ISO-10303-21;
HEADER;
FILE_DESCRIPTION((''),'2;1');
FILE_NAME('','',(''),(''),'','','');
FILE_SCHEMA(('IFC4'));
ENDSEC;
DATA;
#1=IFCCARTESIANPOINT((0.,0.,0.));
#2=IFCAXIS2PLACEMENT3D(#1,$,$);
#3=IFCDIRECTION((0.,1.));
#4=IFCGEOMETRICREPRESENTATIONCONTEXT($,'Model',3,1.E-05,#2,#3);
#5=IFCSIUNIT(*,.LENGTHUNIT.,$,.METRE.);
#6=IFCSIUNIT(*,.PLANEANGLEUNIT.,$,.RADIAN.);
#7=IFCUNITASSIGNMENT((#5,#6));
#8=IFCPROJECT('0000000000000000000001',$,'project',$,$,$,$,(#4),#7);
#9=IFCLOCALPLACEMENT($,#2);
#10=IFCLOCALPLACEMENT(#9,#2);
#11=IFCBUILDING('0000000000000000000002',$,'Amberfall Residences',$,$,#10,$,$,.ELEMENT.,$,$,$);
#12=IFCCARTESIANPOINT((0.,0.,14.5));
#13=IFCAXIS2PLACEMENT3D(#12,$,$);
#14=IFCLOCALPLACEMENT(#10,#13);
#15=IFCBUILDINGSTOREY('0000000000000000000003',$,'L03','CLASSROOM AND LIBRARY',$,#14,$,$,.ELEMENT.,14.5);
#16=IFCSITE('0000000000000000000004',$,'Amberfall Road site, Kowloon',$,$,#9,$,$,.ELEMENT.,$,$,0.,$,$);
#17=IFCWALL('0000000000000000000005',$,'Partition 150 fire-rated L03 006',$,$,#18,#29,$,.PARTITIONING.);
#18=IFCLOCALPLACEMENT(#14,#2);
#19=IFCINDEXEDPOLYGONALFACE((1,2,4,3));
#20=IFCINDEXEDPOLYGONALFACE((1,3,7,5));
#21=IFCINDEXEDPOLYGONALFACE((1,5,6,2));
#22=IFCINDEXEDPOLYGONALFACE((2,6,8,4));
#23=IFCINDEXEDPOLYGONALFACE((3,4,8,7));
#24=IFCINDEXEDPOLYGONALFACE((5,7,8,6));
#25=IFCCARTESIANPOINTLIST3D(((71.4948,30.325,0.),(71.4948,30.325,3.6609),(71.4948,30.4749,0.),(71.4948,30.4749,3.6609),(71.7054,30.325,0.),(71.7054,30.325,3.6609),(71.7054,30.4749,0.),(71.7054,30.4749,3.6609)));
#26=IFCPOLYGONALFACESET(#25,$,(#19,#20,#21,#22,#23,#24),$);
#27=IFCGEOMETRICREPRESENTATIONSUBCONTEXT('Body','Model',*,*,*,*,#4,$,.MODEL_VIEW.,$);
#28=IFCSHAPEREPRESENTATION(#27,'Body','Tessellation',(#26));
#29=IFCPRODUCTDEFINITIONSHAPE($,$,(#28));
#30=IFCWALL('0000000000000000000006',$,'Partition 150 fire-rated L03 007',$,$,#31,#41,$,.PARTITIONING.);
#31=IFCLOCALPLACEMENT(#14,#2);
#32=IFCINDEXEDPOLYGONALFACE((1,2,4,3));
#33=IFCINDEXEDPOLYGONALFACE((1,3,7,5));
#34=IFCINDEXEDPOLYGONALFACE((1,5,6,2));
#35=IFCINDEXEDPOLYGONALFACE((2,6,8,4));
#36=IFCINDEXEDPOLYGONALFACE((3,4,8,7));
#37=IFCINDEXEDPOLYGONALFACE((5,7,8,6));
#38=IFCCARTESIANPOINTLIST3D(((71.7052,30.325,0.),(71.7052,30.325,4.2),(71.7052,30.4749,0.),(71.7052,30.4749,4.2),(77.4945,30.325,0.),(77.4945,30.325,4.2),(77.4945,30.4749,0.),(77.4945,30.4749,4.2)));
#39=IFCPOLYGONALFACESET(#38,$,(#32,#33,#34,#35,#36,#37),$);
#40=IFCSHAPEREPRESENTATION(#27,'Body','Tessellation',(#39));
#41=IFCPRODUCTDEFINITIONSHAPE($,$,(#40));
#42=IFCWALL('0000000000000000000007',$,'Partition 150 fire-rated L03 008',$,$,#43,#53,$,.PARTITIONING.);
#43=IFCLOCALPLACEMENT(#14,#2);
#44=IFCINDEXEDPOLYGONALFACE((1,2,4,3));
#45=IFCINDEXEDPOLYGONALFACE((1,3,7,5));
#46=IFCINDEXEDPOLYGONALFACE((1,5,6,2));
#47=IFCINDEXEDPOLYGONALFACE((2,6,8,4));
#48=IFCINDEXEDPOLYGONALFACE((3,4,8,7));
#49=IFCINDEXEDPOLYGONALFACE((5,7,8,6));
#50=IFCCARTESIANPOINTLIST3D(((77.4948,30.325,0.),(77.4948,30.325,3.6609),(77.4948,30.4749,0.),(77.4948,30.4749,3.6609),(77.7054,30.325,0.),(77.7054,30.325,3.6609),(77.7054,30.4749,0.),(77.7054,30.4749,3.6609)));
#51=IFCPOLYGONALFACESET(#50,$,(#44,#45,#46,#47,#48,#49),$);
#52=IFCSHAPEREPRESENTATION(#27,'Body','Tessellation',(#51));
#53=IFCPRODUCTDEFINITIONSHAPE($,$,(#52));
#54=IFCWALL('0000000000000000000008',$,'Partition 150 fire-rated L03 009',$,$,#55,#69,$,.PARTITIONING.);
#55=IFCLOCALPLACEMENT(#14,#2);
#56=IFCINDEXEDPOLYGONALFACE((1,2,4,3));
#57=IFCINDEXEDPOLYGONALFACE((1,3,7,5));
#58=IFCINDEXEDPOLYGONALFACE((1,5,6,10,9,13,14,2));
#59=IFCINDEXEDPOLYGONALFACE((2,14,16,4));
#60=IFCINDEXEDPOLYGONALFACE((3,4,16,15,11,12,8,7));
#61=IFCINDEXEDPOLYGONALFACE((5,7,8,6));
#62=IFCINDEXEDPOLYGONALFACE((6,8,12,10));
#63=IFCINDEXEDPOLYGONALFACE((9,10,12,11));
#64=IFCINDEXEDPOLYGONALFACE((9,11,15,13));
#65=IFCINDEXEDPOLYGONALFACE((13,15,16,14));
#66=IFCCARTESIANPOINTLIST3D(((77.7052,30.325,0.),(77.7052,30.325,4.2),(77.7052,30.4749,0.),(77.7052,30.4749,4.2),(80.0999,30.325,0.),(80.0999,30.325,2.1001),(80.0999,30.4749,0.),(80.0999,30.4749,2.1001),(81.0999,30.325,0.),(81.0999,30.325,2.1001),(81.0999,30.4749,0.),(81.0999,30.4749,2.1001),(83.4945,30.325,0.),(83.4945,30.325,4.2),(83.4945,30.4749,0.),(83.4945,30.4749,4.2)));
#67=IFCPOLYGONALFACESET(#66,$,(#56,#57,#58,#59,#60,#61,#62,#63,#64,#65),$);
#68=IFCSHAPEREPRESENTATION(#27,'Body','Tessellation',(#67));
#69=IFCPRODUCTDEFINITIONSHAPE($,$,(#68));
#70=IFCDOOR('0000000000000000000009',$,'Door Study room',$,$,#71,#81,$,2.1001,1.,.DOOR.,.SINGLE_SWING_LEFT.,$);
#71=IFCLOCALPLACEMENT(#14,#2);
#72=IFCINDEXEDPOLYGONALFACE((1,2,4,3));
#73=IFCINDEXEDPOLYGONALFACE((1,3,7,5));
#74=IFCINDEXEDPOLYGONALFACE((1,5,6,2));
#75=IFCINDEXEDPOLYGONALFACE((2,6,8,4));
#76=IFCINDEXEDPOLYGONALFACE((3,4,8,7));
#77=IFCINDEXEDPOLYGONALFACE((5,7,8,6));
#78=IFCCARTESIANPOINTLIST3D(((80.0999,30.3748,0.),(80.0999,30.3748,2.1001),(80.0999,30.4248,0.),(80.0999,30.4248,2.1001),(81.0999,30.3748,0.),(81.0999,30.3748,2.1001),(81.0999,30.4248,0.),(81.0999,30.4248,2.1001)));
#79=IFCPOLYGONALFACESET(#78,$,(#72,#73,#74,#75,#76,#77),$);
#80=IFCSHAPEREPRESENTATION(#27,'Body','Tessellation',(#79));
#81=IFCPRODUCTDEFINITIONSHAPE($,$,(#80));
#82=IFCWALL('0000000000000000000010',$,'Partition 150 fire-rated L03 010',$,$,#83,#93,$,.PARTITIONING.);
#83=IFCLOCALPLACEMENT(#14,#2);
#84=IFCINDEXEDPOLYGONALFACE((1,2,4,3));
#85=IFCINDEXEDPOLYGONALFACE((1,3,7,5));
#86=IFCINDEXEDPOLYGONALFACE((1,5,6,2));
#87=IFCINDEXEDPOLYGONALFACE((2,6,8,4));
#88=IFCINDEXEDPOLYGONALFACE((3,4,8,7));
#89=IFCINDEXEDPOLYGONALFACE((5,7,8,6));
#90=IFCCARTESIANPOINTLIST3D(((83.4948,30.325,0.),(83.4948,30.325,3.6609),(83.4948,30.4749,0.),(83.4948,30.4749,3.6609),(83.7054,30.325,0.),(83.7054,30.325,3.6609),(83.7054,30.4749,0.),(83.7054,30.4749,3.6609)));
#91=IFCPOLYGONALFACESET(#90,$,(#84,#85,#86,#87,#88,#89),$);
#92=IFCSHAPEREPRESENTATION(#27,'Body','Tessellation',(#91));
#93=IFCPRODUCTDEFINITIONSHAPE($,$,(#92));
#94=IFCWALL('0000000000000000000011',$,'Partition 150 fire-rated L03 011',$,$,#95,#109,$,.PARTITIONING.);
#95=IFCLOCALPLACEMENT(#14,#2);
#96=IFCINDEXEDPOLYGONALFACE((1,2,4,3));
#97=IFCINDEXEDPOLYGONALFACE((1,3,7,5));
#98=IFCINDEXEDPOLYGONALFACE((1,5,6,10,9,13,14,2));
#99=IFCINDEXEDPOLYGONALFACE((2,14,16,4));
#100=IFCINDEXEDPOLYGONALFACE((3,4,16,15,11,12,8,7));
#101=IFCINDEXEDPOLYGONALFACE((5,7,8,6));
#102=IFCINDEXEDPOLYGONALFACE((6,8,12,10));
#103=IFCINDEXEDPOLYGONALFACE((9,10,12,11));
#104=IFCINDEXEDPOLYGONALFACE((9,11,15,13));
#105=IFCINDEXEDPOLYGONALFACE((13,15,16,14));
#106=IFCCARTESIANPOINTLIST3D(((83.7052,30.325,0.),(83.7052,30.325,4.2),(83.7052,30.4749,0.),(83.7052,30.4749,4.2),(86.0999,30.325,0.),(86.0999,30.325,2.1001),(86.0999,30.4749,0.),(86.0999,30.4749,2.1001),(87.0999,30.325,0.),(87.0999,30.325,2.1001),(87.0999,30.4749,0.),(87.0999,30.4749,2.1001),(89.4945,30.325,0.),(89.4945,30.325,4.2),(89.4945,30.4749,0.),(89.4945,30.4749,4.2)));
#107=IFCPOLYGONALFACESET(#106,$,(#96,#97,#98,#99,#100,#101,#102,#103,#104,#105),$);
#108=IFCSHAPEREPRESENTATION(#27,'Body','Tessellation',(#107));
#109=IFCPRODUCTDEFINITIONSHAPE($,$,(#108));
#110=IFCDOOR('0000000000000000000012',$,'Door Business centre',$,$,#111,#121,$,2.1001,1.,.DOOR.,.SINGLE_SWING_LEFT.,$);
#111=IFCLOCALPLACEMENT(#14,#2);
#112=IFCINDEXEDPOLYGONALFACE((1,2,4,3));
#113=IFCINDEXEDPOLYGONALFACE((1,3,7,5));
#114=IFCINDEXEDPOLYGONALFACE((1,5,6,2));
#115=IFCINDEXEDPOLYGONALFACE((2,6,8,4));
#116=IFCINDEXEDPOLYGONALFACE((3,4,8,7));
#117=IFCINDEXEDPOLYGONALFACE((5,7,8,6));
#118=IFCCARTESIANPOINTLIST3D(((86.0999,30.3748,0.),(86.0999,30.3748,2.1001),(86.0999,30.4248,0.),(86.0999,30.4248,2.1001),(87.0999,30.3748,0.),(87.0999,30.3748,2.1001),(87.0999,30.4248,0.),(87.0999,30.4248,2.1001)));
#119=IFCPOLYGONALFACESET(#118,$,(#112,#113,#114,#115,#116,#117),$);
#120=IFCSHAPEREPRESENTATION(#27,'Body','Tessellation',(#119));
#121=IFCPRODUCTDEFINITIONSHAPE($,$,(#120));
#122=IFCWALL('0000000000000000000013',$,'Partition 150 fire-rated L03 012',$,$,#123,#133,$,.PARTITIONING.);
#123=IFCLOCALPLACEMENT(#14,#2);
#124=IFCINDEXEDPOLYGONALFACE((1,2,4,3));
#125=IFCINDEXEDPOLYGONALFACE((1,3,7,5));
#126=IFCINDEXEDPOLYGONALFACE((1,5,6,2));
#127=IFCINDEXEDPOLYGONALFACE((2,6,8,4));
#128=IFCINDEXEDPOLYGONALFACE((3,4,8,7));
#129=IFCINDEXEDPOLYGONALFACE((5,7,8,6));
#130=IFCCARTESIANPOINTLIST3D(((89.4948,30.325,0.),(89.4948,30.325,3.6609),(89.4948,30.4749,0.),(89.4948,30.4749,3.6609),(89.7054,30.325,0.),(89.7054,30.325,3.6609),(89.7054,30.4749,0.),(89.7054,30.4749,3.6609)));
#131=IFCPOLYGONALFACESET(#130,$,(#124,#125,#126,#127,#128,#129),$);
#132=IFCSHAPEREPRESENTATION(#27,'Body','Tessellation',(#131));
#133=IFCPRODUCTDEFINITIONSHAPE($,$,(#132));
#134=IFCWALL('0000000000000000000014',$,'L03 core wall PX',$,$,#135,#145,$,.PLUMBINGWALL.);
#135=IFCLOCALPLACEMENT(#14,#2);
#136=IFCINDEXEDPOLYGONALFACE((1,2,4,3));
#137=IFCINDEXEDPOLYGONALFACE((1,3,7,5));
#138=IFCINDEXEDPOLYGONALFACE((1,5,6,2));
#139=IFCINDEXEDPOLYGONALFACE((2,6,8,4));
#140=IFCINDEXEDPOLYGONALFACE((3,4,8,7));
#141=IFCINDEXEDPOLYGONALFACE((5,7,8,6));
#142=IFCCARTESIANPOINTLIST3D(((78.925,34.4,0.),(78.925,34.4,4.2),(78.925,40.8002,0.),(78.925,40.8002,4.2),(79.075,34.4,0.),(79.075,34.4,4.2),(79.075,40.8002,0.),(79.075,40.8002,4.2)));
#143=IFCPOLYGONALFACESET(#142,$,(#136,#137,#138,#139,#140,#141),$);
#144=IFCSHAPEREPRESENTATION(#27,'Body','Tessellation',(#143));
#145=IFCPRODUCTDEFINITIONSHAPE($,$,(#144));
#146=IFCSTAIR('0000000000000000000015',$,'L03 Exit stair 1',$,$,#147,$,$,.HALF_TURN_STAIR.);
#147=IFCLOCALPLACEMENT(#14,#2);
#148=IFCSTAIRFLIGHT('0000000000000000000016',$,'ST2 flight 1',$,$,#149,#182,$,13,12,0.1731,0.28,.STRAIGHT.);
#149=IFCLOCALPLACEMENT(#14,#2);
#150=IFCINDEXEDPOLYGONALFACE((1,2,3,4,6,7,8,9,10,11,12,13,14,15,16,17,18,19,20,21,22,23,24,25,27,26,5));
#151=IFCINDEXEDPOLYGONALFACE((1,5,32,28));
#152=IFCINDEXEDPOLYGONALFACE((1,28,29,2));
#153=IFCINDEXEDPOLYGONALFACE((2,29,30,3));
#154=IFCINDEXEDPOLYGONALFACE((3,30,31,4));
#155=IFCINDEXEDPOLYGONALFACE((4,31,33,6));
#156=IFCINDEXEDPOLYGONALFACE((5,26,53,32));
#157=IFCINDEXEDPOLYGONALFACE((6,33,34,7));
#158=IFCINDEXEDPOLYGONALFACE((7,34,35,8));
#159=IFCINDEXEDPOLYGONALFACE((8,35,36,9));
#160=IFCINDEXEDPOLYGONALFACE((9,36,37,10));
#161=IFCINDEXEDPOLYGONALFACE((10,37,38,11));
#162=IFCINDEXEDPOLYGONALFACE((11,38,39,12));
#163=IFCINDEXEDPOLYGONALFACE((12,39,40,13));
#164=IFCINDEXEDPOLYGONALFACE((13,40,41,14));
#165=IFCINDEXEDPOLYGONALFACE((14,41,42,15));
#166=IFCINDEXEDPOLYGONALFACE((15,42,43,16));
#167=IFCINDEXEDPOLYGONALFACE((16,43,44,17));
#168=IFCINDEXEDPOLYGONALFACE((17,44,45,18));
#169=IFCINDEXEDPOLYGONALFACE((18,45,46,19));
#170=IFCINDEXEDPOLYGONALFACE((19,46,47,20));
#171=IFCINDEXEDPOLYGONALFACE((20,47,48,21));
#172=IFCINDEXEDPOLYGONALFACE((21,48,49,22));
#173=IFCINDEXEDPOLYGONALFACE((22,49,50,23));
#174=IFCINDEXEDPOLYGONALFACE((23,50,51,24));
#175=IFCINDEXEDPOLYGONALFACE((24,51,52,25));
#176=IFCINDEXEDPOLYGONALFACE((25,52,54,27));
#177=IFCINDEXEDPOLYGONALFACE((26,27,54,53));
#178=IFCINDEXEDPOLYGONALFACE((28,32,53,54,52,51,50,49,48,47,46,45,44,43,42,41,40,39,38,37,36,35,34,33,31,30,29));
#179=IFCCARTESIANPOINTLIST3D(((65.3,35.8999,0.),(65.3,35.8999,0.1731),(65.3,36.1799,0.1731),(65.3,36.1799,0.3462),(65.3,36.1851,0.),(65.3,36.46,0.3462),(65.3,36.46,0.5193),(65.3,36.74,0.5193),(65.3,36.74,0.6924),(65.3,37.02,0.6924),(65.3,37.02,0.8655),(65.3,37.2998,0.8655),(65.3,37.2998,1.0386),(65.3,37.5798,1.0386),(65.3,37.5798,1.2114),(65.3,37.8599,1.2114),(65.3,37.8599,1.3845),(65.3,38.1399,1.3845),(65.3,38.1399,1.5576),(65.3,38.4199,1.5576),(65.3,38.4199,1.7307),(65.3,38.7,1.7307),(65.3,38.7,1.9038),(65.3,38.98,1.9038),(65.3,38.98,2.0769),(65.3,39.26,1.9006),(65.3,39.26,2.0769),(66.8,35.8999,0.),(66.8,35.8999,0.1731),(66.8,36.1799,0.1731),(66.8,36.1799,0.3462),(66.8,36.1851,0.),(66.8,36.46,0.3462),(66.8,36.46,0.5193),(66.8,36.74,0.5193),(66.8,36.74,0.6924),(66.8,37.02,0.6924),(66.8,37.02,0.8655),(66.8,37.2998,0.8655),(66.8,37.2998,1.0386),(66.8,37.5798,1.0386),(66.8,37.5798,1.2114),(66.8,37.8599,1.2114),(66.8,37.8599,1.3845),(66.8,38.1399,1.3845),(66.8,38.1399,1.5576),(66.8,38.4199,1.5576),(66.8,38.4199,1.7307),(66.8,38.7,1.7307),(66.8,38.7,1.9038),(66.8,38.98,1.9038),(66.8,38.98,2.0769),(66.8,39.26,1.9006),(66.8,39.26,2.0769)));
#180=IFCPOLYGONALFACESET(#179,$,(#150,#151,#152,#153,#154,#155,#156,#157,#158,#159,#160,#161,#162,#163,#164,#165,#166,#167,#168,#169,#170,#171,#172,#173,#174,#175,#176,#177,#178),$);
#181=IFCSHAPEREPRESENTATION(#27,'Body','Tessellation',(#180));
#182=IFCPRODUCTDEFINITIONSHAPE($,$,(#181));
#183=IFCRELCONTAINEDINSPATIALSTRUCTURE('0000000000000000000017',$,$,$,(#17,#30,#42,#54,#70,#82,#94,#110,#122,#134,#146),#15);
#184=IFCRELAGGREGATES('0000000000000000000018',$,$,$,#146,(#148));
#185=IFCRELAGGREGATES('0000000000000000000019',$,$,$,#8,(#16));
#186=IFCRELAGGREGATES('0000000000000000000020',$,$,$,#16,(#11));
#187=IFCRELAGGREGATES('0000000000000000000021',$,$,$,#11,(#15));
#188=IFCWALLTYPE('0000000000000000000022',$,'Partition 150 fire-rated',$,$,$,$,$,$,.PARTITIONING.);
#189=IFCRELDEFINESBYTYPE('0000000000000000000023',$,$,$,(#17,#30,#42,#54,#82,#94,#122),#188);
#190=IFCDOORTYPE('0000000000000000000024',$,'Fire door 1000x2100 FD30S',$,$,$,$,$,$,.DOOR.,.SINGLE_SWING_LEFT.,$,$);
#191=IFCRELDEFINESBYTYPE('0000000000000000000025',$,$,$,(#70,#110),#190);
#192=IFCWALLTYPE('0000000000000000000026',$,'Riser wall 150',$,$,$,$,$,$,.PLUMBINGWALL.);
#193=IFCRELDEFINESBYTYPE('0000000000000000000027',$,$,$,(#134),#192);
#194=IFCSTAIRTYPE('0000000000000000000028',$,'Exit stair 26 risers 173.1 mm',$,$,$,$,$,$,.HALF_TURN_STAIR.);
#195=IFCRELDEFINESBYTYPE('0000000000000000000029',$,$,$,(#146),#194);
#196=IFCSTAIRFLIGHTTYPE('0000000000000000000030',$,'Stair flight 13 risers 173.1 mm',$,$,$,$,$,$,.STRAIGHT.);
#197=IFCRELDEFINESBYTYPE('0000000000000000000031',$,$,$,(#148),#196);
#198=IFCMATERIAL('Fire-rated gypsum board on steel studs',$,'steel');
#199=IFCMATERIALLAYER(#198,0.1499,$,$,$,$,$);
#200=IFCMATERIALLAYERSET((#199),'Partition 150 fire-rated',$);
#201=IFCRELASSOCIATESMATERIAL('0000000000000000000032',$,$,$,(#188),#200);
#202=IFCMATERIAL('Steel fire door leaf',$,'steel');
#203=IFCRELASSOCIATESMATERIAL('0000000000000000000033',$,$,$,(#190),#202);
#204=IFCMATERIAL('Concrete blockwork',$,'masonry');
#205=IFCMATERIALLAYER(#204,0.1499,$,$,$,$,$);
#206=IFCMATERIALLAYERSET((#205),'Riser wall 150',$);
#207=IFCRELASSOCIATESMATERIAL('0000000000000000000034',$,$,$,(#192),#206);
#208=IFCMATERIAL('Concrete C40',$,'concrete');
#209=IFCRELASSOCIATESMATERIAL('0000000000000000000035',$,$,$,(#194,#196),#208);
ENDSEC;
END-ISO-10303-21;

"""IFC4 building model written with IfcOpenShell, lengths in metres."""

from ifc_helpers import new_model, si_unit, direction, frame, frame_2d, origin, place, context, subcontext, project, spatial, polyline, rectangle, outline, extrude, material, layer, layer_set, type_object, element, fill, aggregate, save


model = new_model("IFC4")

# Units and contexts
model_context = context("Model", 3, precision=1e-05, world=origin(), true_north=direction((0.0, 1.0)))
body_context = subcontext(model_context, "Body", "Model", "MODEL_VIEW")
ifc_project = project(units=[si_unit("LENGTHUNIT", "METRE"), si_unit("PLANEANGLEUNIT", "RADIAN")], contexts=[model_context])

# Site, building, storey
site_placement = place(None, origin())
site = spatial("IfcSite", under=ifc_project, at=site_placement, Name="Amberfall Road site, Kowloon", CompositionType="ELEMENT", RefElevation=0.0)
building_placement = place(site_placement, origin())
building = spatial("IfcBuilding", under=site, at=building_placement, Name="Amberfall Residences", CompositionType="ELEMENT")
storey_placement = place(building_placement, frame((0.0, 0.0, 14.5)))
storey = spatial("IfcBuildingStorey", under=building, at=storey_placement, Name="L03", Description="CLASSROOM AND LIBRARY", CompositionType="ELEMENT", Elevation=14.5)

# Shared definitions
ifc_material_1 = material(Name="Fire-rated gypsum board on steel studs", Category="steel")
ifc_layer_1 = layer(ifc_material_1, 0.1499)
ifc_layer_set_1 = layer_set([ifc_layer_1], Name="Partition 150 fire-rated")
wall_type_1 = type_object("IfcWallType", Name="Partition 150 fire-rated", PredefinedType="PARTITIONING", material=ifc_layer_set_1)

# Walls
wall_1_placement = place(storey_placement, frame((71.4946, 30.3999, 0.0), z_axis=(0.0, 0.0, 1.0), x_axis=(1.0, 0.0, 0.0)))
element("IfcWall", 1, at=wall_1_placement, inside=storey, type_object=wall_type_1, Name="Partition 150 fire-rated L03 006", PredefinedType="PARTITIONING", context=body_context, shape_type="SweptSolid", body=[
    extrude(rectangle(XDim=0.2107, YDim=0.1499, at=frame_2d((0.1055, 0.0))), origin(), (0.0, 0.0, 1.0), 3.6609),
])
wall_2_placement = place(storey_placement, frame((71.7053, 30.3999, 0.0), z_axis=(0.0, 0.0, 1.0), x_axis=(1.0, 0.0, 0.0)))
element("IfcWall", 2, at=wall_2_placement, inside=storey, type_object=wall_type_1, Name="Partition 150 fire-rated L03 007", PredefinedType="PARTITIONING", context=body_context, shape_type="SweptSolid", body=[
    extrude(rectangle(XDim=5.7893, YDim=0.1499, at=frame_2d((2.8945, 0.0))), origin(), (0.0, 0.0, 1.0), 4.2),
])
wall_3_placement = place(storey_placement, frame((77.4946, 30.3999, 0.0), z_axis=(0.0, 0.0, 1.0), x_axis=(1.0, 0.0, 0.0)))
element("IfcWall", 3, at=wall_3_placement, inside=storey, type_object=wall_type_1, Name="Partition 150 fire-rated L03 008", PredefinedType="PARTITIONING", context=body_context, shape_type="SweptSolid", body=[
    extrude(rectangle(XDim=0.2107, YDim=0.1499, at=frame_2d((0.1055, 0.0))), origin(), (0.0, 0.0, 1.0), 3.6609),
])

# Wall, opening, door
wall_4_placement = place(storey_placement, frame((77.7053, 30.3999, 0.0), z_axis=(0.0, 0.0, 1.0), x_axis=(1.0, 0.0, 0.0)))
wall_4 = element("IfcWall", 4, at=wall_4_placement, inside=storey, type_object=wall_type_1, Name="Partition 150 fire-rated L03 009", PredefinedType="PARTITIONING", context=body_context, shape_type="SweptSolid", body=[
    extrude(rectangle(XDim=5.7893, YDim=0.1499, at=frame_2d((2.8945, 0.0))), origin(), (0.0, 0.0, 1.0), 4.2),
])
opening_1_placement = place(wall_4_placement, frame((2.3945, 0.0, 0.0)))
opening_1 = element("IfcOpeningElement", 5, at=opening_1_placement, cuts=wall_4, PredefinedType="OPENING", context=body_context, shape_type="SweptSolid", body=[
    extrude(rectangle(XDim=1.0, YDim=2.1001, at=frame_2d((0.5, 1.05))), frame((0.0, 0.085, 0.0), z_axis=(0.0, -1.0, 0.0), x_axis=(1.0, 0.0, 0.0)), (0.0, 0.0, 1.0), 0.1699),
])
ifc_material_2 = material(Name="Steel fire door leaf", Category="steel")
door_type_1 = type_object("IfcDoorType", Name="Fire door 1000x2100 FD30S", OperationType="SINGLE_SWING_LEFT", PredefinedType="DOOR", material=ifc_material_2)
door_1_placement = place(opening_1_placement, origin())
door_1 = element("IfcDoor", 6, at=door_1_placement, inside=storey, type_object=door_type_1, Name="Door Study room", OperationType="SINGLE_SWING_LEFT", OverallHeight=2.1001, OverallWidth=1.0, PredefinedType="DOOR", context=body_context, shape_type="SweptSolid", body=[
    extrude(rectangle(XDim=1.0, YDim=2.1001, at=frame_2d((0.5, 1.05))), frame((0.0, 0.0249, 0.0), z_axis=(0.0, -1.0, 0.0), x_axis=(1.0, 0.0, 0.0)), (0.0, 0.0, 1.0), 0.05),
])
fill(opening_1, door_1)

# Wall
wall_5_placement = place(storey_placement, frame((83.4946, 30.3999, 0.0), z_axis=(0.0, 0.0, 1.0), x_axis=(1.0, 0.0, 0.0)))
element("IfcWall", 7, at=wall_5_placement, inside=storey, type_object=wall_type_1, Name="Partition 150 fire-rated L03 010", PredefinedType="PARTITIONING", context=body_context, shape_type="SweptSolid", body=[
    extrude(rectangle(XDim=0.2107, YDim=0.1499, at=frame_2d((0.1055, 0.0))), origin(), (0.0, 0.0, 1.0), 3.6609),
])

# Wall, opening, door
wall_6_placement = place(storey_placement, frame((83.7053, 30.3999, 0.0), z_axis=(0.0, 0.0, 1.0), x_axis=(1.0, 0.0, 0.0)))
wall_6 = element("IfcWall", 8, at=wall_6_placement, inside=storey, type_object=wall_type_1, Name="Partition 150 fire-rated L03 011", PredefinedType="PARTITIONING", context=body_context, shape_type="SweptSolid", body=[
    extrude(rectangle(XDim=5.7893, YDim=0.1499, at=frame_2d((2.8945, 0.0))), origin(), (0.0, 0.0, 1.0), 4.2),
])
opening_2_placement = place(wall_6_placement, frame((2.3945, 0.0, 0.0)))
opening_2 = element("IfcOpeningElement", 9, at=opening_2_placement, cuts=wall_6, PredefinedType="OPENING", context=body_context, shape_type="SweptSolid", body=[
    extrude(rectangle(XDim=1.0, YDim=2.1001, at=frame_2d((0.5, 1.05))), frame((0.0, 0.085, 0.0), z_axis=(0.0, -1.0, 0.0), x_axis=(1.0, 0.0, 0.0)), (0.0, 0.0, 1.0), 0.1699),
])
door_2_placement = place(opening_2_placement, origin())
door_2 = element("IfcDoor", 10, at=door_2_placement, inside=storey, type_object=door_type_1, Name="Door Business centre", OperationType="SINGLE_SWING_LEFT", OverallHeight=2.1001, OverallWidth=1.0, PredefinedType="DOOR", context=body_context, shape_type="SweptSolid", body=[
    extrude(rectangle(XDim=1.0, YDim=2.1001, at=frame_2d((0.5, 1.05))), frame((0.0, 0.0249, 0.0), z_axis=(0.0, -1.0, 0.0), x_axis=(1.0, 0.0, 0.0)), (0.0, 0.0, 1.0), 0.05),
])
fill(opening_2, door_2)

# Walls
wall_7_placement = place(storey_placement, frame((89.4946, 30.3999, 0.0), z_axis=(0.0, 0.0, 1.0), x_axis=(1.0, 0.0, 0.0)))
element("IfcWall", 11, at=wall_7_placement, inside=storey, type_object=wall_type_1, Name="Partition 150 fire-rated L03 012", PredefinedType="PARTITIONING", context=body_context, shape_type="SweptSolid", body=[
    extrude(rectangle(XDim=0.2107, YDim=0.1499, at=frame_2d((0.1055, 0.0))), origin(), (0.0, 0.0, 1.0), 3.6609),
])
ifc_material_3 = material(Name="Concrete blockwork", Category="masonry")
ifc_layer_2 = layer(ifc_material_3, 0.1499)
ifc_layer_set_2 = layer_set([ifc_layer_2], Name="Riser wall 150")
wall_type_2 = type_object("IfcWallType", Name="Riser wall 150", PredefinedType="PLUMBINGWALL", material=ifc_layer_set_2)
wall_8_placement = place(storey_placement, frame((79.0, 34.3999, 0.0), z_axis=(0.0, 0.0, 1.0), x_axis=(0.0, 1.0, 0.0)))
element("IfcWall", 12, at=wall_8_placement, inside=storey, type_object=wall_type_2, Name="L03 core wall PX", PredefinedType="PLUMBINGWALL", context=body_context, shape_type="SweptSolid", body=[
    extrude(rectangle(XDim=6.4001, YDim=0.1499, at=frame_2d((3.2002, 0.0))), origin(), (0.0, 0.0, 1.0), 4.2),
])

# Stair, stair flight
ifc_material_4 = material(Name="Concrete C40", Category="concrete")
stair_type = type_object("IfcStairType", Name="Exit stair 26 risers 173.1 mm", PredefinedType="HALF_TURN_STAIR", material=ifc_material_4)
stair_1_placement = place(storey_placement, origin())
stair_1 = element("IfcStair", 13, at=stair_1_placement, inside=storey, type_object=stair_type, Name="L03 Exit stair 1", PredefinedType="HALF_TURN_STAIR")
stair_flight_type = type_object("IfcStairFlightType", Name="Stair flight 13 risers 173.1 mm", PredefinedType="STRAIGHT", material=ifc_material_4)
stair_flight_1_placement = place(storey_placement, frame((66.05, 35.8999, 0.0), z_axis=(0.0, 0.0, 1.0), x_axis=(0.0, 1.0, 0.0)))
stair_flight_1 = element("IfcStairFlight", 14, at=stair_flight_1_placement, type_object=stair_flight_type, Name="ST2 flight 1", NumberOfRisers=13, NumberOfTreads=12, PredefinedType="STRAIGHT", RiserHeight=0.1731, TreadLength=0.28, context=body_context, shape_type="SweptSolid", body=[
    extrude(outline(polyline([(0.0, 0.0), (0.0, 0.1731), (0.28, 0.1731), (0.28, 0.3462), (0.5601, 0.3462), (0.5601, 0.5193), (0.8401, 0.5193), (0.8401, 0.6924), (1.1201, 0.6924), (1.1201, 0.8655), (1.3999, 0.8655), (1.3999, 1.0386), (1.6799, 1.0386), (1.6799, 1.2114), (1.96, 1.2114), (1.96, 1.3845), (2.24, 1.3845), (2.24, 1.5576), (2.52, 1.5576), (2.52, 1.7307), (2.8, 1.7307), (2.8, 1.9038), (3.0801, 1.9038), (3.0801, 2.0769), (3.3601, 2.0769), (3.3601, 2.25), (3.3601, 1.9006), (0.2852, 0.0), (0.0, 0.0)])), frame((0.0, 0.75, 0.0), z_axis=(0.0, -1.0, 0.0), x_axis=(1.0, 0.0, 0.0)), (0.0, 0.0, 1.0), 1.5),
])
aggregate(stair_1, [stair_flight_1])

save(model, "model.ifc")
